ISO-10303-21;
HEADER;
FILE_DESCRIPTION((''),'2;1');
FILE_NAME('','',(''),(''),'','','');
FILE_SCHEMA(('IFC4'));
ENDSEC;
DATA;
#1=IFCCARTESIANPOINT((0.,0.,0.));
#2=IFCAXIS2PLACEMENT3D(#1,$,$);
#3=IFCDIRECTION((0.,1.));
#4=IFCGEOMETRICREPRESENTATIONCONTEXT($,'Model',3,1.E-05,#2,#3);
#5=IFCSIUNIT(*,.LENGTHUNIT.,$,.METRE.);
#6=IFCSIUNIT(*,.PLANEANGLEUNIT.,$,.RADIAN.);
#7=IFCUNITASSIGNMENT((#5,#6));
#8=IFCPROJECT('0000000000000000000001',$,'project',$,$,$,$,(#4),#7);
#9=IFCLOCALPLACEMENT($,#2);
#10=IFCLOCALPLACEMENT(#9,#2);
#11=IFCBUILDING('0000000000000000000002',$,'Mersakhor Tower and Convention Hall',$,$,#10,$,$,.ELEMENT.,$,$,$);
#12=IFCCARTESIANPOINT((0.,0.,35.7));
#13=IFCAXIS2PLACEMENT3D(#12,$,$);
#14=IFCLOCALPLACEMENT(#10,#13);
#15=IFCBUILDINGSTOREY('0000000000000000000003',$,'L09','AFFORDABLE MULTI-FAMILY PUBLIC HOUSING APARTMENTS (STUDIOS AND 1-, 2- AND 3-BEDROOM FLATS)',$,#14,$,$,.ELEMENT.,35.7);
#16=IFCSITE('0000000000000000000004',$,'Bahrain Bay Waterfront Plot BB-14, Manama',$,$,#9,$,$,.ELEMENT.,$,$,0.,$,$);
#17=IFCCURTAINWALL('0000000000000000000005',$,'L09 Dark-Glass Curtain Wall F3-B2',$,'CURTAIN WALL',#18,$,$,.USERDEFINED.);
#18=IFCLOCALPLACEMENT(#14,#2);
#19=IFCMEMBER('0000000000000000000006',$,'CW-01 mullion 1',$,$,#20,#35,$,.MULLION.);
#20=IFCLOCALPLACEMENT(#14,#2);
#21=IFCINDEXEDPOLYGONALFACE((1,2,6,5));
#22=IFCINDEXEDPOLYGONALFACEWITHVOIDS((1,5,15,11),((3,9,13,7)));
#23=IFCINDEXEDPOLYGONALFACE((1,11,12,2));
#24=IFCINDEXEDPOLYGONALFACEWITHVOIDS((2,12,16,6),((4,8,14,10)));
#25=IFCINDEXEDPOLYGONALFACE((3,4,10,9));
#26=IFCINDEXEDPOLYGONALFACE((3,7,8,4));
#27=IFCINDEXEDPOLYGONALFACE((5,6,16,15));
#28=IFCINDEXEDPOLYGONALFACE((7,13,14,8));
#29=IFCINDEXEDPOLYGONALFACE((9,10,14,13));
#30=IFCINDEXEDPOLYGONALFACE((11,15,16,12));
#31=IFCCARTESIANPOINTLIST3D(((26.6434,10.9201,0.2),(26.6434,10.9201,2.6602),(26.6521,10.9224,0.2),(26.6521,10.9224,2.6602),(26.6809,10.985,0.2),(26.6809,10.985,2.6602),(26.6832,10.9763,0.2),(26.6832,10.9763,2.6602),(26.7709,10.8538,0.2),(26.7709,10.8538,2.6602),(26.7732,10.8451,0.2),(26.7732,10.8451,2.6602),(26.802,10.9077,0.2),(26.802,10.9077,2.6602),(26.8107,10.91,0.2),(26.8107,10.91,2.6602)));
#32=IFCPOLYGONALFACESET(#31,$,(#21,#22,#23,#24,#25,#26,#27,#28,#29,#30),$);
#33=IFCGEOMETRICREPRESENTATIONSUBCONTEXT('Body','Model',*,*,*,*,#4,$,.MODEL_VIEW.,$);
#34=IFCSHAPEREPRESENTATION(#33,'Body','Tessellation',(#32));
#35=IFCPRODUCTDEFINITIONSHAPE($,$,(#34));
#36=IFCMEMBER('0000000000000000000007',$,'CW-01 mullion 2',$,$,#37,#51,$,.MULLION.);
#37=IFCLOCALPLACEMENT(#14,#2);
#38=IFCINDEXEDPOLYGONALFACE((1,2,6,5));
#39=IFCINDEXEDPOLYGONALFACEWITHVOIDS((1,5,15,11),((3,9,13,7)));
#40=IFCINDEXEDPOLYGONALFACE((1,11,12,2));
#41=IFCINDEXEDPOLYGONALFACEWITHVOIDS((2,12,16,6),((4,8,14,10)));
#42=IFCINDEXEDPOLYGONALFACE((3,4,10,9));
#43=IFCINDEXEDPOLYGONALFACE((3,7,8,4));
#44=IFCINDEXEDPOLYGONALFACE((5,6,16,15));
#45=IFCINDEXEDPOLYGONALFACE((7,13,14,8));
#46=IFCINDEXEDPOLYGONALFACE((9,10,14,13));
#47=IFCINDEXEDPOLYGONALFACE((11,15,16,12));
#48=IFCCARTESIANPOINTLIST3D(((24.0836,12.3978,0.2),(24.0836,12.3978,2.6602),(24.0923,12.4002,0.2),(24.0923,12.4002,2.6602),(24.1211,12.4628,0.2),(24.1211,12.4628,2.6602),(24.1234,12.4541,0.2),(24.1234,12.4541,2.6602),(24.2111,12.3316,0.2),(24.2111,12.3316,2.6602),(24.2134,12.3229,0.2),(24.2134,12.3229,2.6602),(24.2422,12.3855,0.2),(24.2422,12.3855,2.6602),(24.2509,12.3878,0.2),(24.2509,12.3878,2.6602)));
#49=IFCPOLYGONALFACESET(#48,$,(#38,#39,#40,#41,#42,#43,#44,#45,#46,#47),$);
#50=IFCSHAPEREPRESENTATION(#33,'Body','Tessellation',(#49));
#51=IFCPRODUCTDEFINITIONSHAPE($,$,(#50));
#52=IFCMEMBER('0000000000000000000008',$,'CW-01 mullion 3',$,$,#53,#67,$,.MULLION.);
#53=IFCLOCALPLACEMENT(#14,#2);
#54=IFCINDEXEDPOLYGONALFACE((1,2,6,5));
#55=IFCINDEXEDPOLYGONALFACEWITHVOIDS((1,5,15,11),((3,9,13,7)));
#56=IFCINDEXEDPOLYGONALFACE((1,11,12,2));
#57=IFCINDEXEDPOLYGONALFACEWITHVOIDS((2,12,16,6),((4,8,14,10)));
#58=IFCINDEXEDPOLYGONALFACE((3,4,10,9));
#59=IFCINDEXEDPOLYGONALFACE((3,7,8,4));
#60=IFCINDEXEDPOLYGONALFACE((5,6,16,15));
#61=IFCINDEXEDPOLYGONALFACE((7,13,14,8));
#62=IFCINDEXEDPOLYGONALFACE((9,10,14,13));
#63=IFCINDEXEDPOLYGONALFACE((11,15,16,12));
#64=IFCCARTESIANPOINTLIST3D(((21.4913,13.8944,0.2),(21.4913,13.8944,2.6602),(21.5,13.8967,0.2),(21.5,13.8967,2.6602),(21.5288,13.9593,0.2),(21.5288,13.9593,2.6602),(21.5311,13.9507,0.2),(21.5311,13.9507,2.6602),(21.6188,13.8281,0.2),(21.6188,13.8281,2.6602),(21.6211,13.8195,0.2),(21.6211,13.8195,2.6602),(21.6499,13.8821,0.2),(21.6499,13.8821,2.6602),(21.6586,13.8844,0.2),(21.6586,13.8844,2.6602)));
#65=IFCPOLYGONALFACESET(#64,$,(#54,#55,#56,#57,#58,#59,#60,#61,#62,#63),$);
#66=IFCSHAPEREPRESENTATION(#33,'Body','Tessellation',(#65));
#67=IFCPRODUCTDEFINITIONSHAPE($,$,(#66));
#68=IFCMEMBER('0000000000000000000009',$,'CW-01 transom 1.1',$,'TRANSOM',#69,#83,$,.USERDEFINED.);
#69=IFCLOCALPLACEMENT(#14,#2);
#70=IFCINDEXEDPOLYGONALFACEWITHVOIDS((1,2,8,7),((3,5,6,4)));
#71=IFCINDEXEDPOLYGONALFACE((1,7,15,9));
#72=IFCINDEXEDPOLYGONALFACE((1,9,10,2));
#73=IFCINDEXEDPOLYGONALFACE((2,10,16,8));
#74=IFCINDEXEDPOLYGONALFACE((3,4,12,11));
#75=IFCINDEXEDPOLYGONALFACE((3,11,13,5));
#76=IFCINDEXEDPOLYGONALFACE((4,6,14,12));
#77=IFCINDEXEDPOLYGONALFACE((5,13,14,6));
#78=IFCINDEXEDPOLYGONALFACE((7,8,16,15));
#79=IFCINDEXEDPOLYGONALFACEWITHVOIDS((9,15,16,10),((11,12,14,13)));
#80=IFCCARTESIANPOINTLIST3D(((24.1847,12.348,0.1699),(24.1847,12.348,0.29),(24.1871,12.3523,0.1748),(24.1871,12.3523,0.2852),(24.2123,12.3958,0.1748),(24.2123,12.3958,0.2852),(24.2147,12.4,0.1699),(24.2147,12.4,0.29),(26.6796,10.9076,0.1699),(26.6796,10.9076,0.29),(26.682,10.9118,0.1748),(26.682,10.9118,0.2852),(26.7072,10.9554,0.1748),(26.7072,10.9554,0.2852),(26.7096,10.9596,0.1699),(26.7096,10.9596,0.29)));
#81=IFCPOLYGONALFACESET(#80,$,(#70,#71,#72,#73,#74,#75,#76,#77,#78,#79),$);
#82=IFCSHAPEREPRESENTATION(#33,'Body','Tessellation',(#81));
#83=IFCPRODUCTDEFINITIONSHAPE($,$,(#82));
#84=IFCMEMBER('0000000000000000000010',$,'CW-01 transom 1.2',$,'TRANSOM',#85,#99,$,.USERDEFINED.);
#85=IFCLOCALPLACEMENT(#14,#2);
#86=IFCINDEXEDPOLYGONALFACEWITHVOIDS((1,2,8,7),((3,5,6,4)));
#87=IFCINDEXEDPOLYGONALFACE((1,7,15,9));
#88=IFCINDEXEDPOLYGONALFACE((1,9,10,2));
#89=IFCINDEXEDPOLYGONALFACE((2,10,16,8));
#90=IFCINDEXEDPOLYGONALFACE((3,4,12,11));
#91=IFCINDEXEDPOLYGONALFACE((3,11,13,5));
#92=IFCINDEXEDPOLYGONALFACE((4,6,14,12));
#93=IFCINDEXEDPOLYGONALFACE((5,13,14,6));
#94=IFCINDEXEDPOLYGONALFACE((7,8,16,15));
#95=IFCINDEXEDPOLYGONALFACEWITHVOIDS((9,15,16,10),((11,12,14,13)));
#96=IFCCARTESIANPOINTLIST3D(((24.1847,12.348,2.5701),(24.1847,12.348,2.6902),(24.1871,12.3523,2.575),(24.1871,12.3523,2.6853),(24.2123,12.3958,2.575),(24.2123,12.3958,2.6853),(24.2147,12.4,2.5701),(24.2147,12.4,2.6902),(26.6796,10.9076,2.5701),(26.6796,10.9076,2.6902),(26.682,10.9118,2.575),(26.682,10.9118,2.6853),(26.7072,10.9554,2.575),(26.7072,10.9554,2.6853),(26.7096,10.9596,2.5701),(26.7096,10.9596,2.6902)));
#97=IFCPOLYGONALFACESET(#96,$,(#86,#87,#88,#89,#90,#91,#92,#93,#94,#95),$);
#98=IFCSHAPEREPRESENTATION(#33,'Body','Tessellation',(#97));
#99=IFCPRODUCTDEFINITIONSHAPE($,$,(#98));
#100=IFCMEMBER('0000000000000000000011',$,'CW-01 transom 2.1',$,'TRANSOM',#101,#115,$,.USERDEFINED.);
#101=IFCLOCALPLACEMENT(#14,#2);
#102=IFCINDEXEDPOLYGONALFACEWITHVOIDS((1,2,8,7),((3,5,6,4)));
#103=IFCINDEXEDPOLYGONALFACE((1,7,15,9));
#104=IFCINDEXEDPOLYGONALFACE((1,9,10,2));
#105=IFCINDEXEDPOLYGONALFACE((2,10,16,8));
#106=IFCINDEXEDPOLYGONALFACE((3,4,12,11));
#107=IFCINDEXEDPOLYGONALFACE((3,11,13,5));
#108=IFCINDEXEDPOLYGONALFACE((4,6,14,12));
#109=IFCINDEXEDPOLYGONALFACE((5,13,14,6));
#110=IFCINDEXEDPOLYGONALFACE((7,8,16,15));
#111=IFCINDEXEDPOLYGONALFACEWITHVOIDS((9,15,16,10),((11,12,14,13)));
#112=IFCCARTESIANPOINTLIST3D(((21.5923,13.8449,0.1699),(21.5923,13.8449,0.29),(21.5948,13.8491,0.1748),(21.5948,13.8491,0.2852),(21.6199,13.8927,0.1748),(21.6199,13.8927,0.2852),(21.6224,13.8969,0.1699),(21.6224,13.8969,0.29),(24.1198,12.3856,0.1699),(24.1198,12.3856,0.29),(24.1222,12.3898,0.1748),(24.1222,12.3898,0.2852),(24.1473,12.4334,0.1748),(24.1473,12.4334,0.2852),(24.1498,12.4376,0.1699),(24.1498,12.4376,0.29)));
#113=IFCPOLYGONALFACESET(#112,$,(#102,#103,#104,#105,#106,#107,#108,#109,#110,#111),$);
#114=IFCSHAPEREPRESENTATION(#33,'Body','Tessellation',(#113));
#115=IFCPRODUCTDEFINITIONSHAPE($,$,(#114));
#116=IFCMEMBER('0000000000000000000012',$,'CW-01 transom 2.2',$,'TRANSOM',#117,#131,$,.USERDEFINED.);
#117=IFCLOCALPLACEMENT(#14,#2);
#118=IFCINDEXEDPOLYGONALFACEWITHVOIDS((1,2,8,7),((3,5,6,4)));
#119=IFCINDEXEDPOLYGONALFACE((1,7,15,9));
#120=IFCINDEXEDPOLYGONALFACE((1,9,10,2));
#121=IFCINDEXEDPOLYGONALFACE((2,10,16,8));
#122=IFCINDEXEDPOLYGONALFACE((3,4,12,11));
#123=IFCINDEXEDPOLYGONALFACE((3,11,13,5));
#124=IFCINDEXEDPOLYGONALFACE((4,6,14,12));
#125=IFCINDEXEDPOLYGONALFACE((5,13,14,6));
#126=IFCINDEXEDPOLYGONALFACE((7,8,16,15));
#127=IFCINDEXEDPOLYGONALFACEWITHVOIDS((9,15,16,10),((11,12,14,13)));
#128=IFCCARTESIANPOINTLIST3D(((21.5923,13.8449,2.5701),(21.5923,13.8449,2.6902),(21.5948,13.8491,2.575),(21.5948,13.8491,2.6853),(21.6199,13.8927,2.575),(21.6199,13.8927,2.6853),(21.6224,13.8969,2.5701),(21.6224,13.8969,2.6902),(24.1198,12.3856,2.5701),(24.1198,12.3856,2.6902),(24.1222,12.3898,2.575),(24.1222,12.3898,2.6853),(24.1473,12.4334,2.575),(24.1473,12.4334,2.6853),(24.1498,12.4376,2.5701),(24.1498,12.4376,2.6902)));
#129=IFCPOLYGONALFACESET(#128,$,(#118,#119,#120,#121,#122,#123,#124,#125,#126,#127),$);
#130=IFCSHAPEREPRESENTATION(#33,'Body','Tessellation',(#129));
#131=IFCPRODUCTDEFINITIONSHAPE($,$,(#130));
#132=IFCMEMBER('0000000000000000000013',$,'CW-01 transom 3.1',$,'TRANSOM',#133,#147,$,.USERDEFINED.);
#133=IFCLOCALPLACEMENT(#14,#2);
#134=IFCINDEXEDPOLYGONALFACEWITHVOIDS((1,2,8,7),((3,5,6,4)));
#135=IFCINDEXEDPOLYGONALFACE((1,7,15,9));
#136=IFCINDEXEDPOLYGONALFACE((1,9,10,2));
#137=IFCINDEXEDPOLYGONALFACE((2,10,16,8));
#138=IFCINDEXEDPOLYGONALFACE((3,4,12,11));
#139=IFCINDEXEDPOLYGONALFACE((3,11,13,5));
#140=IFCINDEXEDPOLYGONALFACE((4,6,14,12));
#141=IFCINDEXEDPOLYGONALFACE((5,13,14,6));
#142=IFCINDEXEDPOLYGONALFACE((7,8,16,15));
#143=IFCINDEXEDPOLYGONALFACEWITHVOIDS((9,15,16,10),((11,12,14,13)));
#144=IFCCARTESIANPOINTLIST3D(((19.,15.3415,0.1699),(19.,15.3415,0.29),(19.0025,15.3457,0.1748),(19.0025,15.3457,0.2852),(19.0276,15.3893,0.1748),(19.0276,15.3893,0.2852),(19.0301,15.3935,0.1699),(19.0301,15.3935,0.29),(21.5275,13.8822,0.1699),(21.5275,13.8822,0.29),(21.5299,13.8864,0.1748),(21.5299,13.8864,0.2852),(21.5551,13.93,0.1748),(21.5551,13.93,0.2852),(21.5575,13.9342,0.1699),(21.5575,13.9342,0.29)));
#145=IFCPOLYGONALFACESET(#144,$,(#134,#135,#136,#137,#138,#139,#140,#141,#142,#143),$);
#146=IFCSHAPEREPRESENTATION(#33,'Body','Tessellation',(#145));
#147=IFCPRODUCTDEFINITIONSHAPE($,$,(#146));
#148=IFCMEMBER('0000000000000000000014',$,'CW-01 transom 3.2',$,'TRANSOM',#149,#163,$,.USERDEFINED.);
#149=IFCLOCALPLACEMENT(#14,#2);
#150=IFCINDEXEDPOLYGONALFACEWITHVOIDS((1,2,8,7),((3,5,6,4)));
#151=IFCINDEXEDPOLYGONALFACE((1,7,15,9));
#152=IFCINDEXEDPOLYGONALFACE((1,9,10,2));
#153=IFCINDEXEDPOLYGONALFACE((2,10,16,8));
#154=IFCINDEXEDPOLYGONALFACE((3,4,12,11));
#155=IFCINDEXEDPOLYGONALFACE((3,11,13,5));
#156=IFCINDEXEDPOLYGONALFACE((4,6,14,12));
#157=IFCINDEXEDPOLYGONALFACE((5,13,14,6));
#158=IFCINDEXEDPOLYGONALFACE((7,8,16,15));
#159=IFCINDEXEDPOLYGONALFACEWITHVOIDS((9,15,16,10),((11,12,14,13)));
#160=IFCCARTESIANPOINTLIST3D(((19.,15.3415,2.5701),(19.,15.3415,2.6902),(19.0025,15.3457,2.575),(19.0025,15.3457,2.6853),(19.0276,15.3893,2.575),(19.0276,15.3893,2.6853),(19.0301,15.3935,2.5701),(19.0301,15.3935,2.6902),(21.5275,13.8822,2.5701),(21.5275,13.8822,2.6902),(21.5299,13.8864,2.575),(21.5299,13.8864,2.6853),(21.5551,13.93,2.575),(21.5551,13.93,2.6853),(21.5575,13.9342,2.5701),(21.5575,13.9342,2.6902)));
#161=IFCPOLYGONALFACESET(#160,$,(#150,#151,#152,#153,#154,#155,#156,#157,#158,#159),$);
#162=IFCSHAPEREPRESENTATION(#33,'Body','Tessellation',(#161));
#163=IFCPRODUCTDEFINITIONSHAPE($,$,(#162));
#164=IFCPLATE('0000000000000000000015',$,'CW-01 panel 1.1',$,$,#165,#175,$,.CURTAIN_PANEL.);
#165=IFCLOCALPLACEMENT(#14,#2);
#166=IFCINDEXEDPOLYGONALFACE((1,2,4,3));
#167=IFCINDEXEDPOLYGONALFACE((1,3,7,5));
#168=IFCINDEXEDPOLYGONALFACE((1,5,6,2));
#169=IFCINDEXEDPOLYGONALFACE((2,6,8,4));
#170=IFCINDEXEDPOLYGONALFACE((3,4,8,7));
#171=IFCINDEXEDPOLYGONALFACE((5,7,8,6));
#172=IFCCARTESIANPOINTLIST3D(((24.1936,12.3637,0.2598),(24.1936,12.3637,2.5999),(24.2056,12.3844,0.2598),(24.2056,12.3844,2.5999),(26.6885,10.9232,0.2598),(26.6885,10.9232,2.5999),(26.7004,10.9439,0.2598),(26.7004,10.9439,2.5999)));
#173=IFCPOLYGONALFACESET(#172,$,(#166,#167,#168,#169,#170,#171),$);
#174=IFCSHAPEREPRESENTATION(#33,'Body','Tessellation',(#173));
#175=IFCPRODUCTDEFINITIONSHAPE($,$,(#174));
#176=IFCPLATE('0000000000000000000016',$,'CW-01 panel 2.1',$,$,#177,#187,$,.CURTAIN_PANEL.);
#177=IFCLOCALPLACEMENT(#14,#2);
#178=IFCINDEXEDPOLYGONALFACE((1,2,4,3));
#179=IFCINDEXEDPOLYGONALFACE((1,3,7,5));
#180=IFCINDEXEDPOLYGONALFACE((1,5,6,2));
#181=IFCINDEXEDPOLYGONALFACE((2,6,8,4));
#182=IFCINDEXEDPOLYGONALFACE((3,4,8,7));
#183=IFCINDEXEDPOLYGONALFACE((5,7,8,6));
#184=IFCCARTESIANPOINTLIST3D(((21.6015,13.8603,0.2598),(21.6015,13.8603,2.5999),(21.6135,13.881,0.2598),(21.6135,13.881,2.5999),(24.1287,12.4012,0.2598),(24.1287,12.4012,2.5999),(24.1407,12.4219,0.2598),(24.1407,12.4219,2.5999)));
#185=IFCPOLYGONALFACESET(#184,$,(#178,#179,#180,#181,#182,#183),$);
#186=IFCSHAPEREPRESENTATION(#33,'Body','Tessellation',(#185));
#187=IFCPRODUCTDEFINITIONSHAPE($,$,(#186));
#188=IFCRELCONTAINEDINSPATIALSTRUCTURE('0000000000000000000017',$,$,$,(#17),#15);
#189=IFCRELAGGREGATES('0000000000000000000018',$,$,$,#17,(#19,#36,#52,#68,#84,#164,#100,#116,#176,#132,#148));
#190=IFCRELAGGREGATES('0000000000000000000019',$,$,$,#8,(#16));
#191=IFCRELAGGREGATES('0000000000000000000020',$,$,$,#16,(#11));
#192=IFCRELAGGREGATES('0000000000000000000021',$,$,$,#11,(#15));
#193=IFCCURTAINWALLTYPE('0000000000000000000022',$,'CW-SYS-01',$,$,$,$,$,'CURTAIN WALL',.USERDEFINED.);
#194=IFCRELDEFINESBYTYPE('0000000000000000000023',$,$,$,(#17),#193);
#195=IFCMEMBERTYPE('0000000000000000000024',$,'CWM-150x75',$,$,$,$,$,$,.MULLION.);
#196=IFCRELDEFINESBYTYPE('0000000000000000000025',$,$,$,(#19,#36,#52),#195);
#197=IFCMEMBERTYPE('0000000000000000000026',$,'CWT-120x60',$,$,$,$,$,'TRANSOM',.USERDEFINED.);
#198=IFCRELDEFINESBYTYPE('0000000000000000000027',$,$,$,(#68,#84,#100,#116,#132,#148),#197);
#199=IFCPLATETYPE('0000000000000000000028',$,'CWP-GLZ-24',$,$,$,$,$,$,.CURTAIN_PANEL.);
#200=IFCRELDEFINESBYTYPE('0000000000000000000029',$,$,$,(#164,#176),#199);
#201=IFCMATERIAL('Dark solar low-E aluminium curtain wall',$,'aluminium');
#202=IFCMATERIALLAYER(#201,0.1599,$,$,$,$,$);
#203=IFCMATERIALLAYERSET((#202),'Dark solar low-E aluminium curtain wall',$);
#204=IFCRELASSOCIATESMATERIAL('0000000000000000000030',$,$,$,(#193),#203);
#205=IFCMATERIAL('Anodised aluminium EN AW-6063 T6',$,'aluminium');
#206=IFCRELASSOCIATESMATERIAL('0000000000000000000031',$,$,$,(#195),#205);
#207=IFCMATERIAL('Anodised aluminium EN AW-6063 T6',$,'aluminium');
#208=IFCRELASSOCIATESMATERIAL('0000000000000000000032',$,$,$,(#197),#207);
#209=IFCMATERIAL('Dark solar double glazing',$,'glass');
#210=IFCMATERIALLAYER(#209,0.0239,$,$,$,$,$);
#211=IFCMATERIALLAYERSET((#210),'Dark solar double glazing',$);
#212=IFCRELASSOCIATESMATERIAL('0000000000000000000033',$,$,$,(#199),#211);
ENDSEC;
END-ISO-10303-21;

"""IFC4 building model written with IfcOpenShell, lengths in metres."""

from ifc_helpers import new_model, si_unit, direction, frame, origin, origin_2d, place, context, subcontext, project, spatial, rectangle, hollow_rectangle, extrude, material, layer, layer_set, material_profile, profile_set, type_object, element, aggregate, save


model = new_model("IFC4")

# Units and contexts
model_context = context("Model", 3, precision=1e-05, world=origin(), true_north=direction((0.0, 1.0)))
body_context = subcontext(model_context, "Body", "Model", "MODEL_VIEW")
ifc_project = project(units=[si_unit("LENGTHUNIT", "METRE"), si_unit("PLANEANGLEUNIT", "RADIAN")], contexts=[model_context])

# Site, building, storey
site_placement = place(None, origin())
site = spatial("IfcSite", under=ifc_project, at=site_placement, Name="Bahrain Bay Waterfront Plot BB-14, Manama", CompositionType="ELEMENT", RefElevation=0.0)
building_placement = place(site_placement, origin())
building = spatial("IfcBuilding", under=site, at=building_placement, Name="Mersakhor Tower and Convention Hall", CompositionType="ELEMENT")
storey_placement = place(building_placement, frame((0.0, 0.0, 35.7)))
storey = spatial("IfcBuildingStorey", under=building, at=storey_placement, Name="L09", Description="AFFORDABLE MULTI-FAMILY PUBLIC HOUSING APARTMENTS (STUDIOS AND 1-, 2- AND 3-BEDROOM FLATS)", CompositionType="ELEMENT", Elevation=35.7)

# Curtain wall, members, plates
ifc_material_1 = material(Name="Dark solar low-E aluminium curtain wall", Category="aluminium")
ifc_layer_1 = layer(ifc_material_1, 0.1599)
ifc_layer_set_1 = layer_set([ifc_layer_1], Name="Dark solar low-E aluminium curtain wall")
curtain_wall_type = type_object("IfcCurtainWallType", Name="CW-SYS-01", ElementType="CURTAIN WALL", PredefinedType="USERDEFINED", material=ifc_layer_set_1)
curtain_wall_placement = place(storey_placement, origin())
curtain_wall = element("IfcCurtainWall", 1, at=curtain_wall_placement, inside=storey, type_object=curtain_wall_type, Name="L09 Dark-Glass Curtain Wall F3-B2", ObjectType="CURTAIN WALL", PredefinedType="USERDEFINED")
ifc_material_2 = material(Name="Anodised aluminium EN AW-6063 T6", Category="aluminium")
ifc_material_profile_1 = material_profile(ifc_material_2, hollow_rectangle(XDim=0.075, YDim=0.1499, WallThickness=0.0063, at=origin_2d()), Name="RHS 150x75x6.3")
ifc_profile_set_1 = profile_set([ifc_material_profile_1], Name="Anodised aluminium EN AW-6063 T6")
member_type_1 = type_object("IfcMemberType", Name="CWM-150x75", PredefinedType="MULLION", material=ifc_profile_set_1)
member_1_placement = place(storey_placement, frame((26.7271, 10.915, 0.2), z_axis=(0.0, 0.0, 1.0), x_axis=(-0.500003, -0.866023, 0.0)))
member_1 = element("IfcMember", 2, at=member_1_placement, type_object=member_type_1, Name="CW-01 mullion 1", PredefinedType="MULLION", context=body_context, shape_type="SweptSolid", body=[
    extrude(hollow_rectangle(XDim=0.075, YDim=0.1499, WallThickness=0.0063, at=origin_2d()), origin(), (0.0, 0.0, 1.0), 2.4602),
])
member_2_placement = place(storey_placement, frame((24.1672, 12.3928, 0.2), z_axis=(0.0, 0.0, 1.0), x_axis=(-0.500003, -0.866023, 0.0)))
member_2 = element("IfcMember", 3, at=member_2_placement, type_object=member_type_1, Name="CW-01 mullion 2", PredefinedType="MULLION", context=body_context, shape_type="SweptSolid", body=[
    extrude(hollow_rectangle(XDim=0.075, YDim=0.1499, WallThickness=0.0063, at=origin_2d()), origin(), (0.0, 0.0, 1.0), 2.4602),
])
member_3_placement = place(storey_placement, frame((21.575, 13.8894, 0.2), z_axis=(0.0, 0.0, 1.0), x_axis=(-0.500003, -0.866023, 0.0)))
member_3 = element("IfcMember", 4, at=member_3_placement, type_object=member_type_1, Name="CW-01 mullion 3", PredefinedType="MULLION", context=body_context, shape_type="SweptSolid", body=[
    extrude(hollow_rectangle(XDim=0.075, YDim=0.1499, WallThickness=0.0063, at=origin_2d()), origin(), (0.0, 0.0, 1.0), 2.4602),
])
ifc_material_3 = material(Name="Anodised aluminium EN AW-6063 T6", Category="aluminium")
ifc_material_profile_2 = material_profile(ifc_material_3, hollow_rectangle(XDim=0.0601, YDim=0.1201, WallThickness=0.0049, at=origin_2d()), Name="RHS 120x60x5")
ifc_profile_set_2 = profile_set([ifc_material_profile_2], Name="Anodised aluminium EN AW-6063 T6")
member_type_2 = type_object("IfcMemberType", Name="CWT-120x60", ElementType="TRANSOM", PredefinedType="USERDEFINED", material=ifc_profile_set_2)
member_4_placement = place(storey_placement, frame((26.6946, 10.9336, 0.23), z_axis=(-0.866023, 0.500004, 0.0), x_axis=(-0.500004, -0.866023, 0.0)))
member_4 = element("IfcMember", 5, at=member_4_placement, type_object=member_type_2, Name="CW-01 transom 1.1", ObjectType="TRANSOM", PredefinedType="USERDEFINED", context=body_context, shape_type="SweptSolid", body=[
    extrude(hollow_rectangle(XDim=0.0601, YDim=0.1201, WallThickness=0.0049, at=origin_2d()), origin(), (0.0, 0.0, 1.0), 2.8809),
])
member_5_placement = place(storey_placement, frame((26.6946, 10.9336, 2.6301), z_axis=(-0.866023, 0.500004, 0.0), x_axis=(-0.500004, -0.866023, 0.0)))
member_5 = element("IfcMember", 6, at=member_5_placement, type_object=member_type_2, Name="CW-01 transom 1.2", ObjectType="TRANSOM", PredefinedType="USERDEFINED", context=body_context, shape_type="SweptSolid", body=[
    extrude(hollow_rectangle(XDim=0.0601, YDim=0.1201, WallThickness=0.0049, at=origin_2d()), origin(), (0.0, 0.0, 1.0), 2.8809),
])
member_6_placement = place(storey_placement, frame((24.1348, 12.4116, 0.23), z_axis=(-0.866016, 0.500017, 0.0), x_axis=(-0.500017, -0.866016, 0.0)))
member_6 = element("IfcMember", 7, at=member_6_placement, type_object=member_type_2, Name="CW-01 transom 2.1", ObjectType="TRANSOM", PredefinedType="USERDEFINED", context=body_context, shape_type="SweptSolid", body=[
    extrude(hollow_rectangle(XDim=0.0601, YDim=0.1201, WallThickness=0.0049, at=origin_2d()), origin(), (0.0, 0.0, 1.0), 2.9185),
])
member_7_placement = place(storey_placement, frame((24.1348, 12.4116, 2.6301), z_axis=(-0.866016, 0.500017, 0.0), x_axis=(-0.500017, -0.866016, 0.0)))
member_7 = element("IfcMember", 8, at=member_7_placement, type_object=member_type_2, Name="CW-01 transom 2.2", ObjectType="TRANSOM", PredefinedType="USERDEFINED", context=body_context, shape_type="SweptSolid", body=[
    extrude(hollow_rectangle(XDim=0.0601, YDim=0.1201, WallThickness=0.0049, at=origin_2d()), origin(), (0.0, 0.0, 1.0), 2.9185),
])
member_8_placement = place(storey_placement, frame((21.5425, 13.9082, 0.23), z_axis=(-0.866016, 0.500017, 0.0), x_axis=(-0.500017, -0.866016, 0.0)))
member_8 = element("IfcMember", 9, at=member_8_placement, type_object=member_type_2, Name="CW-01 transom 3.1", ObjectType="TRANSOM", PredefinedType="USERDEFINED", context=body_context, shape_type="SweptSolid", body=[
    extrude(hollow_rectangle(XDim=0.0601, YDim=0.1201, WallThickness=0.0049, at=origin_2d()), origin(), (0.0, 0.0, 1.0), 2.9185),
])
member_9_placement = place(storey_placement, frame((21.5425, 13.9082, 2.6301), z_axis=(-0.866016, 0.500017, 0.0), x_axis=(-0.500017, -0.866016, 0.0)))
member_9 = element("IfcMember", 10, at=member_9_placement, type_object=member_type_2, Name="CW-01 transom 3.2", ObjectType="TRANSOM", PredefinedType="USERDEFINED", context=body_context, shape_type="SweptSolid", body=[
    extrude(hollow_rectangle(XDim=0.0601, YDim=0.1201, WallThickness=0.0049, at=origin_2d()), origin(), (0.0, 0.0, 1.0), 2.9185),
])
ifc_material_4 = material(Name="Dark solar double glazing", Category="glass")
ifc_layer_2 = layer(ifc_material_4, 0.0239)
ifc_layer_set_2 = layer_set([ifc_layer_2], Name="Dark solar double glazing")
plate_type_1 = type_object("IfcPlateType", Name="CWP-GLZ-24", PredefinedType="CURTAIN_PANEL", material=ifc_layer_set_2)
plate_1_placement = place(storey_placement, frame((25.447, 11.6538, 0.2598), z_axis=(0.0, 0.0, 1.0), x_axis=(-0.866023, 0.500003, 0.0)))
plate_1 = element("IfcPlate", 11, at=plate_1_placement, type_object=plate_type_1, Name="CW-01 panel 1.1", PredefinedType="CURTAIN_PANEL", context=body_context, shape_type="SweptSolid", body=[
    extrude(rectangle(XDim=2.8809, YDim=0.0239, at=origin_2d()), origin(), (0.0, 0.0, 1.0), 2.3401),
])
plate_2_placement = place(storey_placement, frame((22.8711, 13.1411, 0.2598), z_axis=(0.0, 0.0, 1.0), x_axis=(-0.866023, 0.500003, 0.0)))
plate_2 = element("IfcPlate", 12, at=plate_2_placement, type_object=plate_type_1, Name="CW-01 panel 2.1", PredefinedType="CURTAIN_PANEL", context=body_context, shape_type="SweptSolid", body=[
    extrude(rectangle(XDim=2.9182, YDim=0.0239, at=origin_2d()), origin(), (0.0, 0.0, 1.0), 2.3401),
])
aggregate(curtain_wall, [member_1, member_2, member_3, member_4, member_5, plate_1, member_6, member_7, plate_2, member_8, member_9])

save(model, "model.ifc")
